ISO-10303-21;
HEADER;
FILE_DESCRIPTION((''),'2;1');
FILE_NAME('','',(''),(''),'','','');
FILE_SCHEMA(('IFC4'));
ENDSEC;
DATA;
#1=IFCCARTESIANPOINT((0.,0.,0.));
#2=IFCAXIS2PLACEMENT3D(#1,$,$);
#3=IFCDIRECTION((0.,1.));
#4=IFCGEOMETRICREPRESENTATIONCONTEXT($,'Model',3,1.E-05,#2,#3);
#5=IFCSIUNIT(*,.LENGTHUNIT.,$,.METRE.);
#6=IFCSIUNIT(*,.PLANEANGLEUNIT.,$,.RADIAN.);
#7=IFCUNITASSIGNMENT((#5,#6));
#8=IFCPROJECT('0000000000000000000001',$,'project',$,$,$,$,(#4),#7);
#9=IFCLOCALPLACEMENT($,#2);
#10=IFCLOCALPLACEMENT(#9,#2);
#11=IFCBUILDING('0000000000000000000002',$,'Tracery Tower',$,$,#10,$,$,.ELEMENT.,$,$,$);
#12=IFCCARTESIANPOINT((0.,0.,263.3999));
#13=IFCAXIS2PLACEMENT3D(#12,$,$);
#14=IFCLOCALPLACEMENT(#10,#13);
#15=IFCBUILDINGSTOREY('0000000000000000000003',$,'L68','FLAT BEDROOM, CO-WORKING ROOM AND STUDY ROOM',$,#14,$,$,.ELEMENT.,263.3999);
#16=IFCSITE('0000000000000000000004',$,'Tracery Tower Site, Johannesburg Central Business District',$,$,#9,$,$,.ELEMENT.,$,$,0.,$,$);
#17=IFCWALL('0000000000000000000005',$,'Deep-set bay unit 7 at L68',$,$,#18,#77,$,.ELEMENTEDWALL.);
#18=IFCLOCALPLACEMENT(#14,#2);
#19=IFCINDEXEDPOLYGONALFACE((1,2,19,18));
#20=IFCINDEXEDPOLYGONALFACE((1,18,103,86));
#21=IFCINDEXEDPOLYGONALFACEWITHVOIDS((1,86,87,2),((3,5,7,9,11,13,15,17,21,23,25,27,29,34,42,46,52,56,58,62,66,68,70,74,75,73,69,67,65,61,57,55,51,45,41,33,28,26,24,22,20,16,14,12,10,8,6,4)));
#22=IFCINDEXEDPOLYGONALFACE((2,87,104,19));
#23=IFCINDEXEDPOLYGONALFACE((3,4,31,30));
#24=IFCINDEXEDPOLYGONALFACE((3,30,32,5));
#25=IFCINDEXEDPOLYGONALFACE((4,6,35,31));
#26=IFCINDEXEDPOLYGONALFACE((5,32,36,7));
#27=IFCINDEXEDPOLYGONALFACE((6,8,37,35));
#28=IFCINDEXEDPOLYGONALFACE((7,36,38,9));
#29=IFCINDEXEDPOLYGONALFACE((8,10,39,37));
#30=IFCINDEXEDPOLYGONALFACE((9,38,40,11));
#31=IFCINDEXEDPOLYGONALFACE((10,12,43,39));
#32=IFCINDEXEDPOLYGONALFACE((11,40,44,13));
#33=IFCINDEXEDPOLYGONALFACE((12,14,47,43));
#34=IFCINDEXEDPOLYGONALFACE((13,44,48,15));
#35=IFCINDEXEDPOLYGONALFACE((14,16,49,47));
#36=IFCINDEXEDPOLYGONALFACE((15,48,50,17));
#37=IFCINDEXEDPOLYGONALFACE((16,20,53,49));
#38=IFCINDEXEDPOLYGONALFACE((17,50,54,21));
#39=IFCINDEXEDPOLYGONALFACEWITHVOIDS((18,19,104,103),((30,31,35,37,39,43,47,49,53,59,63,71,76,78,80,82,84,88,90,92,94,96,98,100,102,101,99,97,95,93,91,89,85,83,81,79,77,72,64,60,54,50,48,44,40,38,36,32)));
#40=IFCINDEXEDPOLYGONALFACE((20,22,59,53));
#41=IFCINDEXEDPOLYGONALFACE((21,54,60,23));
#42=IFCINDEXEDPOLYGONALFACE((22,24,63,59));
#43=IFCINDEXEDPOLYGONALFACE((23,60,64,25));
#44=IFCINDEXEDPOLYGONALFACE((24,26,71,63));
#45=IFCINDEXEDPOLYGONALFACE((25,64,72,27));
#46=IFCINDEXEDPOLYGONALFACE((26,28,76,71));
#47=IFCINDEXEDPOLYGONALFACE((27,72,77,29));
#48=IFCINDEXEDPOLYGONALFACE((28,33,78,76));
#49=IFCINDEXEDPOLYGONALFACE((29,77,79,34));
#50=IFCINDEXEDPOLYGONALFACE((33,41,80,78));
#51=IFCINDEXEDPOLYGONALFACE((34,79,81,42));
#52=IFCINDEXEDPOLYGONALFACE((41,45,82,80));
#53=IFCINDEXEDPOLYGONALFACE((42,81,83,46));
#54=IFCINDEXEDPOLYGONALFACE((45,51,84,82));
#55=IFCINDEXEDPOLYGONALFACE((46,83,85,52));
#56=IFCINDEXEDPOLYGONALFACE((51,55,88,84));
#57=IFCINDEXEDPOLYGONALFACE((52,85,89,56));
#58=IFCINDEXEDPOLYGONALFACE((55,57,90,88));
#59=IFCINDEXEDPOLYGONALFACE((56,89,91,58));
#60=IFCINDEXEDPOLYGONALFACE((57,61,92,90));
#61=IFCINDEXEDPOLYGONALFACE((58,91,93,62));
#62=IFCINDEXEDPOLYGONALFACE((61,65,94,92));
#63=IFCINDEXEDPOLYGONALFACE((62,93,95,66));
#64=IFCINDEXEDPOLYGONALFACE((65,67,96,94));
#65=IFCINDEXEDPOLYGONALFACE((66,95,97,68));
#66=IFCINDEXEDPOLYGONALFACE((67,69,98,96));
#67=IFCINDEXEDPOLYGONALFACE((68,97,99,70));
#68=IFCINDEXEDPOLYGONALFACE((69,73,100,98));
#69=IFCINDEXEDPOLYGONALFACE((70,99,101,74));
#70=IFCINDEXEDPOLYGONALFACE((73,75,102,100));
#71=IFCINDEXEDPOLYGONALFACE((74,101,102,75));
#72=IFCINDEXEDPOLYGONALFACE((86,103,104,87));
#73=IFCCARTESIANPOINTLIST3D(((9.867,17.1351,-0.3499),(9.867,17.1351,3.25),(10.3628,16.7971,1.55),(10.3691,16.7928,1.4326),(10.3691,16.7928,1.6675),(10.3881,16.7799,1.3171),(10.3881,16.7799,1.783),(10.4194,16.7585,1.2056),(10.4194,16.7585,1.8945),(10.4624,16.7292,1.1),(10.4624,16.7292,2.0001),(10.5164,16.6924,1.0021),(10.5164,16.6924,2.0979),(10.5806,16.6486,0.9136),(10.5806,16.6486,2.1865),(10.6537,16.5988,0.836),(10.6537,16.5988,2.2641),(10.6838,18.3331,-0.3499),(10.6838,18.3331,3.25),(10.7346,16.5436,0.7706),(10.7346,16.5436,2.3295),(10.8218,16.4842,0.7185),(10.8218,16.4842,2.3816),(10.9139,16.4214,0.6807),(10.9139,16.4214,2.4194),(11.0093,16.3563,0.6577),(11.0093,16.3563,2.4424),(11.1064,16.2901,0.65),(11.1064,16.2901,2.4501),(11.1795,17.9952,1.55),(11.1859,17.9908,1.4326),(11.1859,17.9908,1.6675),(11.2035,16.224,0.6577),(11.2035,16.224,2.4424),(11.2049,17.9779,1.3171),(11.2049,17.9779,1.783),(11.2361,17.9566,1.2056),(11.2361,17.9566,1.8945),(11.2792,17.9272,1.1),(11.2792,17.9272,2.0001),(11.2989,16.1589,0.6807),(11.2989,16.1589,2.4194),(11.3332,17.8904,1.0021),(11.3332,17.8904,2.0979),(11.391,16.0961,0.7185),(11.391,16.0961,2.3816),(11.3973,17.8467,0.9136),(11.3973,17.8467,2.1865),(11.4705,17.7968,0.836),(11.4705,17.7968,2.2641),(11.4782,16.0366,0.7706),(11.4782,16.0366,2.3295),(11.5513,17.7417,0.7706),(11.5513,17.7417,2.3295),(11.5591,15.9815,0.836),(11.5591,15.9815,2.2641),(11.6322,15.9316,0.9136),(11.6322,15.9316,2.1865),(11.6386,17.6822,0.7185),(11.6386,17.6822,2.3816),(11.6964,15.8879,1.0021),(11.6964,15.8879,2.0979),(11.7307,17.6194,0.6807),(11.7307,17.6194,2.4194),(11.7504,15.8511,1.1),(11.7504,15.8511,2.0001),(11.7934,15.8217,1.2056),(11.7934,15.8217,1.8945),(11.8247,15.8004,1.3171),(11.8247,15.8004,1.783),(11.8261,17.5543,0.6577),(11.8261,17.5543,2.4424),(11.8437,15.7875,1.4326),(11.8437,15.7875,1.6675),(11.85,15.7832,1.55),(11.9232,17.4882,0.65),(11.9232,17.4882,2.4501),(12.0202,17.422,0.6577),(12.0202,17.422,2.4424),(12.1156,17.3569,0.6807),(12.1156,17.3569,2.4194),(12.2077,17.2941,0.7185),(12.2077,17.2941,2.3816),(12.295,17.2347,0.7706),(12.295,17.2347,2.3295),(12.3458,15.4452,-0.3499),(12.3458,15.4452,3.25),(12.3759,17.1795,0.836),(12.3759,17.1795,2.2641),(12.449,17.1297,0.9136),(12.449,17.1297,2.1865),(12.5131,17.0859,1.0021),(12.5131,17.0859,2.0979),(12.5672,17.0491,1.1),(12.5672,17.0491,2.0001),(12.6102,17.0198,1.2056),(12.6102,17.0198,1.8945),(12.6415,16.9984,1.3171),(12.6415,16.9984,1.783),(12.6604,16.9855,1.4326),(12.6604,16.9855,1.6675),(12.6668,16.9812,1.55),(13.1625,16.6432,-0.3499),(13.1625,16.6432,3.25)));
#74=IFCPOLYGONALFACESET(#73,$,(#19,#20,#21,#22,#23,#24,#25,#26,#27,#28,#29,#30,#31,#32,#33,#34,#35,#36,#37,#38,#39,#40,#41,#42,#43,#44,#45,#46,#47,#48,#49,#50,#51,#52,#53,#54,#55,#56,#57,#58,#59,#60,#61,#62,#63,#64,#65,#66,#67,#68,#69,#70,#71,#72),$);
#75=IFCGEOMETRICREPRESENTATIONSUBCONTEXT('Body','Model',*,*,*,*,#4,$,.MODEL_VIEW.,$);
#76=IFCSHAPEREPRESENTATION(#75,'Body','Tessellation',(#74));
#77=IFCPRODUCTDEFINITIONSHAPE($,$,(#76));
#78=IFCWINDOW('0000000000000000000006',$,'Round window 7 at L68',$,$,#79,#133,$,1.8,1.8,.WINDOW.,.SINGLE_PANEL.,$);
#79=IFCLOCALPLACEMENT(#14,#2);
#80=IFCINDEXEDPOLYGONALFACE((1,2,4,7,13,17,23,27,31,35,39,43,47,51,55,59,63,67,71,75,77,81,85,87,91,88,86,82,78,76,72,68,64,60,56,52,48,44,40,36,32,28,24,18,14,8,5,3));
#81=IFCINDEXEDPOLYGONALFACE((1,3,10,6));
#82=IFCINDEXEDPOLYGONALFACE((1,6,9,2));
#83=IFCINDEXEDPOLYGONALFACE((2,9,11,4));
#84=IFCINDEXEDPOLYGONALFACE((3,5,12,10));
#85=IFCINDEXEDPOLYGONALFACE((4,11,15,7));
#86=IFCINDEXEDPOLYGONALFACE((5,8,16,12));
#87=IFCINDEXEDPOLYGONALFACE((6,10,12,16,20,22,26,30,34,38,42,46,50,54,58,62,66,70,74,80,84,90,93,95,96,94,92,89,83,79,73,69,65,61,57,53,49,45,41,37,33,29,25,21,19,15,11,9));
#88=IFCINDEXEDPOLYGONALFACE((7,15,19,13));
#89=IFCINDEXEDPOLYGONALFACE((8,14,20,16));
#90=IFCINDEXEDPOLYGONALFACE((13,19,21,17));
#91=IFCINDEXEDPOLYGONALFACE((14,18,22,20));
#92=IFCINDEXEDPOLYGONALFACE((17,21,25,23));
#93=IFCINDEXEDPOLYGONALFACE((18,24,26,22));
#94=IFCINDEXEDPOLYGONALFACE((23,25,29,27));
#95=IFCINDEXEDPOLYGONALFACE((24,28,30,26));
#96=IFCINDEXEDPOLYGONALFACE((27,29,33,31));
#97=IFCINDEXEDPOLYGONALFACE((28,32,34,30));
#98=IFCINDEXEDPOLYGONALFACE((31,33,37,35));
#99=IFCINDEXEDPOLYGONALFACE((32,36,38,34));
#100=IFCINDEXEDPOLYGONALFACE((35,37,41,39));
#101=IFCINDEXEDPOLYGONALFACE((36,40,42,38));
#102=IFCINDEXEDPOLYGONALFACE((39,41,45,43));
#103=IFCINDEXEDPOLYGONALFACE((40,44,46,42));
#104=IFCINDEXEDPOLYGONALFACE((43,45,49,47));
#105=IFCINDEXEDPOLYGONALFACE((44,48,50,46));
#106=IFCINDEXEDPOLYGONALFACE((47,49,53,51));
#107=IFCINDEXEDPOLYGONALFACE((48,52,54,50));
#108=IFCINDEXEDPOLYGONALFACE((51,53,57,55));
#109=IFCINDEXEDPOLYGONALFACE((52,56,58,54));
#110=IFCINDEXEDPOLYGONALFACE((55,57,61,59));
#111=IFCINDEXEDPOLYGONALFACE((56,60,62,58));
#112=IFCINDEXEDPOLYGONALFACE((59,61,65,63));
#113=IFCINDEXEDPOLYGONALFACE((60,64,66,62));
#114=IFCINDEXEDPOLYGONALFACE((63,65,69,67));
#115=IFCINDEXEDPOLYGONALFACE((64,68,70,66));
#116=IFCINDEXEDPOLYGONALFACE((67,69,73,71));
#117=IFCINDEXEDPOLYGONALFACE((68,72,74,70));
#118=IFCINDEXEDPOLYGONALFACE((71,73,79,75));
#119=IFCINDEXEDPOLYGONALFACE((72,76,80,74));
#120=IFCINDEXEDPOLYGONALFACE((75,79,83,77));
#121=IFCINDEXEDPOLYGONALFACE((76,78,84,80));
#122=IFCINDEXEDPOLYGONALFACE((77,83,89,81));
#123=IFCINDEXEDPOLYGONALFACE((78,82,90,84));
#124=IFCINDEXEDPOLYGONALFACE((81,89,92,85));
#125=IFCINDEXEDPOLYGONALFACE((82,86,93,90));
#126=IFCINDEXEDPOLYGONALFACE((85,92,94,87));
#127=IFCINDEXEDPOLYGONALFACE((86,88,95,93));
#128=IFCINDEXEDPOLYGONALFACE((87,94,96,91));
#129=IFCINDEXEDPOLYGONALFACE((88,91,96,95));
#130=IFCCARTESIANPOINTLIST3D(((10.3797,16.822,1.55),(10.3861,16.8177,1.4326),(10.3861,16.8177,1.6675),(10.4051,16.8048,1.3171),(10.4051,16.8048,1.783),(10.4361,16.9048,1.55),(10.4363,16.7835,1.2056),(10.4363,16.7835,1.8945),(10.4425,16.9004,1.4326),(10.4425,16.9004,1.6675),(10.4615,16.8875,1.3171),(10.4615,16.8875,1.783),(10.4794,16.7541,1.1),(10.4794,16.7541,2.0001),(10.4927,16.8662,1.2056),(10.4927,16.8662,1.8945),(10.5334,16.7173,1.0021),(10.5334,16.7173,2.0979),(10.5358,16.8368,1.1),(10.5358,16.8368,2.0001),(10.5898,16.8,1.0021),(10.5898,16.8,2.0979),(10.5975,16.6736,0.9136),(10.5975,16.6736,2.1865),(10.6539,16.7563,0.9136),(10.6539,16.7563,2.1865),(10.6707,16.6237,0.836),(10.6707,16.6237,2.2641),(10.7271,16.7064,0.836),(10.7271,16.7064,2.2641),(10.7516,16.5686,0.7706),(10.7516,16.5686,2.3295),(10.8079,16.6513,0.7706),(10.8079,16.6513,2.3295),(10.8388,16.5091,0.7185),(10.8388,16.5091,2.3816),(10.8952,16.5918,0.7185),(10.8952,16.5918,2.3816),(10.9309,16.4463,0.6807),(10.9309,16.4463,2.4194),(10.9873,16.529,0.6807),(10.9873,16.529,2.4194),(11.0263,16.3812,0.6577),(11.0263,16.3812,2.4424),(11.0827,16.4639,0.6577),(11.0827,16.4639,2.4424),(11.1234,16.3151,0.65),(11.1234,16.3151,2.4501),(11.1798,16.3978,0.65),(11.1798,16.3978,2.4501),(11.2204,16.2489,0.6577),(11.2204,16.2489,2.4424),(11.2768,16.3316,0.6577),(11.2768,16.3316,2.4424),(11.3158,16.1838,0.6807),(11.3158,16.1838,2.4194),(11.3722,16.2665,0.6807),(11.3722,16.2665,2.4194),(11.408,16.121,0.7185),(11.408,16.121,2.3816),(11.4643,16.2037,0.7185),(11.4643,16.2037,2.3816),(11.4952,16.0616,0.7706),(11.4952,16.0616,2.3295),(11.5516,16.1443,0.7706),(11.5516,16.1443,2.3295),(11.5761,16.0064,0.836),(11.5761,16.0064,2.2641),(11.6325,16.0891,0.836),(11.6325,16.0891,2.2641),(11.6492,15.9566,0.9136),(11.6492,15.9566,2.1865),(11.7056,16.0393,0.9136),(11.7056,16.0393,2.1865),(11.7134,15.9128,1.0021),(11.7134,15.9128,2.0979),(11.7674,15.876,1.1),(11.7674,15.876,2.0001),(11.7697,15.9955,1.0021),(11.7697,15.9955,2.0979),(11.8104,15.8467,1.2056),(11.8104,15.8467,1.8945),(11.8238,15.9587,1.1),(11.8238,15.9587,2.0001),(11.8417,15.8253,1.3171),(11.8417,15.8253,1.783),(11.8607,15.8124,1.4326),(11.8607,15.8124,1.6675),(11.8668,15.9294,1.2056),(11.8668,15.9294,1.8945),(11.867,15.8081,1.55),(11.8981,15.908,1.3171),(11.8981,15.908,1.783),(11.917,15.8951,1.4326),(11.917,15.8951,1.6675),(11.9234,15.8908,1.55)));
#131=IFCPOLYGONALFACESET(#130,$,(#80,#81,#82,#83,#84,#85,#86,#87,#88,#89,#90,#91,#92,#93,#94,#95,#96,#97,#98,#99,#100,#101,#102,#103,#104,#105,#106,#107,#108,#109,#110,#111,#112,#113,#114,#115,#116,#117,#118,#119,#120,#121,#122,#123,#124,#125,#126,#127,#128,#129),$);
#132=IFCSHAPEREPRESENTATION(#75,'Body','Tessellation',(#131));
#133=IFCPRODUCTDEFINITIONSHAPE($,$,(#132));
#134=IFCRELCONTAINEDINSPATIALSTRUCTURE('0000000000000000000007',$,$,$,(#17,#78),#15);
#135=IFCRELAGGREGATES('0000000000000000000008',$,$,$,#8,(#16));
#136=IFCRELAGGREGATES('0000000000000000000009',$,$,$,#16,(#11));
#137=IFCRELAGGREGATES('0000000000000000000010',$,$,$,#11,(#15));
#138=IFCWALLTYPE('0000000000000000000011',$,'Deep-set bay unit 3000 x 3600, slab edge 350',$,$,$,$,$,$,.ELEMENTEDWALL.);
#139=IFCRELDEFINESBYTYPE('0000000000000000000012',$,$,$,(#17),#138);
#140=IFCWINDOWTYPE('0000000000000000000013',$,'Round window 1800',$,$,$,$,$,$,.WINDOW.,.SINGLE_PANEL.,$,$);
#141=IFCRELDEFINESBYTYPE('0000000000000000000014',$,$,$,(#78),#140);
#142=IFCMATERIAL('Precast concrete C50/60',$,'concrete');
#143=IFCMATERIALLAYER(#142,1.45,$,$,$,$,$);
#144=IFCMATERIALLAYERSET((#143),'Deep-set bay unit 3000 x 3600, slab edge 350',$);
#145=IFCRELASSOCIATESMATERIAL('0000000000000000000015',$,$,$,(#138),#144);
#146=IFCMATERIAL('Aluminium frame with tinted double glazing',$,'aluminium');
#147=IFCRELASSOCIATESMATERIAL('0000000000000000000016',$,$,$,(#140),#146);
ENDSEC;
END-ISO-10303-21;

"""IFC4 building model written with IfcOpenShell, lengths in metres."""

from ifc_helpers import new_model, si_unit, direction, frame, frame_2d, origin, origin_2d, place, context, subcontext, project, spatial, rectangle, circle, extrude, material, layer, layer_set, type_object, element, fill, save


model = new_model("IFC4")

# Units and contexts
model_context = context("Model", 3, precision=1e-05, world=origin(), true_north=direction((0.0, 1.0)))
body_context = subcontext(model_context, "Body", "Model", "MODEL_VIEW")
ifc_project = project(units=[si_unit("LENGTHUNIT", "METRE"), si_unit("PLANEANGLEUNIT", "RADIAN")], contexts=[model_context])

# Site, building, storey
site_placement = place(None, origin())
site = spatial("IfcSite", under=ifc_project, at=site_placement, Name="Tracery Tower Site, Johannesburg Central Business District", CompositionType="ELEMENT", RefElevation=0.0)
building_placement = place(site_placement, origin())
building = spatial("IfcBuilding", under=site, at=building_placement, Name="Tracery Tower", CompositionType="ELEMENT")
storey_placement = place(building_placement, frame((0.0, 0.0, 263.3999)))
storey = spatial("IfcBuildingStorey", under=building, at=storey_placement, Name="L68", Description="FLAT BEDROOM, CO-WORKING ROOM AND STUDY ROOM", CompositionType="ELEMENT", Elevation=263.3999)

# Wall, opening, window
ifc_material_1 = material(Name="Precast concrete C50/60", Category="concrete")
ifc_layer_1 = layer(ifc_material_1, 1.45)
ifc_layer_set_1 = layer_set([ifc_layer_1], Name="Deep-set bay unit 3000 x 3600, slab edge 350")
wall_type_1 = type_object("IfcWallType", Name="Deep-set bay unit 3000 x 3600, slab edge 350", PredefinedType="ELEMENTEDWALL", material=ifc_layer_set_1)
wall_1_placement = place(storey_placement, frame((12.7542, 16.0442, -0.3499), z_axis=(0.0, 0.0, 1.0), x_axis=(-0.826246, 0.563309, 0.0)))
wall_1 = element("IfcWall", 1, at=wall_1_placement, inside=storey, type_object=wall_type_1, Name="Deep-set bay unit 7 at L68", PredefinedType="ELEMENTEDWALL", context=body_context, shape_type="SweptSolid", body=[
    extrude(rectangle(XDim=3.0, YDim=1.45, at=frame_2d((1.5, 0.0))), origin(), (0.0, 0.0, 1.0), 3.5999),
])
opening_1_placement = place(wall_1_placement, frame((1.5, 0.0, 1.8999)))
opening_1 = element("IfcOpeningElement", 2, at=opening_1_placement, cuts=wall_1, PredefinedType="OPENING", context=body_context, shape_type="SweptSolid", body=[
    extrude(circle(Radius=0.9, at=origin_2d()), frame((0.0, 0.7349, 0.0), z_axis=(0.0, -1.0, 0.0), x_axis=(1.0, 0.0, 0.0)), (0.0, 0.0, 1.0), 1.47),
])
ifc_material_2 = material(Name="Aluminium frame with tinted double glazing", Category="aluminium")
window_type = type_object("IfcWindowType", Name="Round window 1800", PartitioningType="SINGLE_PANEL", PredefinedType="WINDOW", material=ifc_material_2)
window_1_placement = place(opening_1_placement, origin())
window_1 = element("IfcWindow", 3, at=window_1_placement, inside=storey, type_object=window_type, Name="Round window 7 at L68", OverallHeight=1.8, OverallWidth=1.8, PartitioningType="SINGLE_PANEL", PredefinedType="WINDOW", context=body_context, shape_type="SweptSolid", body=[
    extrude(circle(Radius=0.9, at=origin_2d()), frame((0.0, 0.6948, 0.0), z_axis=(0.0, -1.0, 0.0), x_axis=(1.0, 0.0, 0.0)), (0.0, 0.0, 1.0), 0.1001),
])
fill(opening_1, window_1)

save(model, "model.ifc")
